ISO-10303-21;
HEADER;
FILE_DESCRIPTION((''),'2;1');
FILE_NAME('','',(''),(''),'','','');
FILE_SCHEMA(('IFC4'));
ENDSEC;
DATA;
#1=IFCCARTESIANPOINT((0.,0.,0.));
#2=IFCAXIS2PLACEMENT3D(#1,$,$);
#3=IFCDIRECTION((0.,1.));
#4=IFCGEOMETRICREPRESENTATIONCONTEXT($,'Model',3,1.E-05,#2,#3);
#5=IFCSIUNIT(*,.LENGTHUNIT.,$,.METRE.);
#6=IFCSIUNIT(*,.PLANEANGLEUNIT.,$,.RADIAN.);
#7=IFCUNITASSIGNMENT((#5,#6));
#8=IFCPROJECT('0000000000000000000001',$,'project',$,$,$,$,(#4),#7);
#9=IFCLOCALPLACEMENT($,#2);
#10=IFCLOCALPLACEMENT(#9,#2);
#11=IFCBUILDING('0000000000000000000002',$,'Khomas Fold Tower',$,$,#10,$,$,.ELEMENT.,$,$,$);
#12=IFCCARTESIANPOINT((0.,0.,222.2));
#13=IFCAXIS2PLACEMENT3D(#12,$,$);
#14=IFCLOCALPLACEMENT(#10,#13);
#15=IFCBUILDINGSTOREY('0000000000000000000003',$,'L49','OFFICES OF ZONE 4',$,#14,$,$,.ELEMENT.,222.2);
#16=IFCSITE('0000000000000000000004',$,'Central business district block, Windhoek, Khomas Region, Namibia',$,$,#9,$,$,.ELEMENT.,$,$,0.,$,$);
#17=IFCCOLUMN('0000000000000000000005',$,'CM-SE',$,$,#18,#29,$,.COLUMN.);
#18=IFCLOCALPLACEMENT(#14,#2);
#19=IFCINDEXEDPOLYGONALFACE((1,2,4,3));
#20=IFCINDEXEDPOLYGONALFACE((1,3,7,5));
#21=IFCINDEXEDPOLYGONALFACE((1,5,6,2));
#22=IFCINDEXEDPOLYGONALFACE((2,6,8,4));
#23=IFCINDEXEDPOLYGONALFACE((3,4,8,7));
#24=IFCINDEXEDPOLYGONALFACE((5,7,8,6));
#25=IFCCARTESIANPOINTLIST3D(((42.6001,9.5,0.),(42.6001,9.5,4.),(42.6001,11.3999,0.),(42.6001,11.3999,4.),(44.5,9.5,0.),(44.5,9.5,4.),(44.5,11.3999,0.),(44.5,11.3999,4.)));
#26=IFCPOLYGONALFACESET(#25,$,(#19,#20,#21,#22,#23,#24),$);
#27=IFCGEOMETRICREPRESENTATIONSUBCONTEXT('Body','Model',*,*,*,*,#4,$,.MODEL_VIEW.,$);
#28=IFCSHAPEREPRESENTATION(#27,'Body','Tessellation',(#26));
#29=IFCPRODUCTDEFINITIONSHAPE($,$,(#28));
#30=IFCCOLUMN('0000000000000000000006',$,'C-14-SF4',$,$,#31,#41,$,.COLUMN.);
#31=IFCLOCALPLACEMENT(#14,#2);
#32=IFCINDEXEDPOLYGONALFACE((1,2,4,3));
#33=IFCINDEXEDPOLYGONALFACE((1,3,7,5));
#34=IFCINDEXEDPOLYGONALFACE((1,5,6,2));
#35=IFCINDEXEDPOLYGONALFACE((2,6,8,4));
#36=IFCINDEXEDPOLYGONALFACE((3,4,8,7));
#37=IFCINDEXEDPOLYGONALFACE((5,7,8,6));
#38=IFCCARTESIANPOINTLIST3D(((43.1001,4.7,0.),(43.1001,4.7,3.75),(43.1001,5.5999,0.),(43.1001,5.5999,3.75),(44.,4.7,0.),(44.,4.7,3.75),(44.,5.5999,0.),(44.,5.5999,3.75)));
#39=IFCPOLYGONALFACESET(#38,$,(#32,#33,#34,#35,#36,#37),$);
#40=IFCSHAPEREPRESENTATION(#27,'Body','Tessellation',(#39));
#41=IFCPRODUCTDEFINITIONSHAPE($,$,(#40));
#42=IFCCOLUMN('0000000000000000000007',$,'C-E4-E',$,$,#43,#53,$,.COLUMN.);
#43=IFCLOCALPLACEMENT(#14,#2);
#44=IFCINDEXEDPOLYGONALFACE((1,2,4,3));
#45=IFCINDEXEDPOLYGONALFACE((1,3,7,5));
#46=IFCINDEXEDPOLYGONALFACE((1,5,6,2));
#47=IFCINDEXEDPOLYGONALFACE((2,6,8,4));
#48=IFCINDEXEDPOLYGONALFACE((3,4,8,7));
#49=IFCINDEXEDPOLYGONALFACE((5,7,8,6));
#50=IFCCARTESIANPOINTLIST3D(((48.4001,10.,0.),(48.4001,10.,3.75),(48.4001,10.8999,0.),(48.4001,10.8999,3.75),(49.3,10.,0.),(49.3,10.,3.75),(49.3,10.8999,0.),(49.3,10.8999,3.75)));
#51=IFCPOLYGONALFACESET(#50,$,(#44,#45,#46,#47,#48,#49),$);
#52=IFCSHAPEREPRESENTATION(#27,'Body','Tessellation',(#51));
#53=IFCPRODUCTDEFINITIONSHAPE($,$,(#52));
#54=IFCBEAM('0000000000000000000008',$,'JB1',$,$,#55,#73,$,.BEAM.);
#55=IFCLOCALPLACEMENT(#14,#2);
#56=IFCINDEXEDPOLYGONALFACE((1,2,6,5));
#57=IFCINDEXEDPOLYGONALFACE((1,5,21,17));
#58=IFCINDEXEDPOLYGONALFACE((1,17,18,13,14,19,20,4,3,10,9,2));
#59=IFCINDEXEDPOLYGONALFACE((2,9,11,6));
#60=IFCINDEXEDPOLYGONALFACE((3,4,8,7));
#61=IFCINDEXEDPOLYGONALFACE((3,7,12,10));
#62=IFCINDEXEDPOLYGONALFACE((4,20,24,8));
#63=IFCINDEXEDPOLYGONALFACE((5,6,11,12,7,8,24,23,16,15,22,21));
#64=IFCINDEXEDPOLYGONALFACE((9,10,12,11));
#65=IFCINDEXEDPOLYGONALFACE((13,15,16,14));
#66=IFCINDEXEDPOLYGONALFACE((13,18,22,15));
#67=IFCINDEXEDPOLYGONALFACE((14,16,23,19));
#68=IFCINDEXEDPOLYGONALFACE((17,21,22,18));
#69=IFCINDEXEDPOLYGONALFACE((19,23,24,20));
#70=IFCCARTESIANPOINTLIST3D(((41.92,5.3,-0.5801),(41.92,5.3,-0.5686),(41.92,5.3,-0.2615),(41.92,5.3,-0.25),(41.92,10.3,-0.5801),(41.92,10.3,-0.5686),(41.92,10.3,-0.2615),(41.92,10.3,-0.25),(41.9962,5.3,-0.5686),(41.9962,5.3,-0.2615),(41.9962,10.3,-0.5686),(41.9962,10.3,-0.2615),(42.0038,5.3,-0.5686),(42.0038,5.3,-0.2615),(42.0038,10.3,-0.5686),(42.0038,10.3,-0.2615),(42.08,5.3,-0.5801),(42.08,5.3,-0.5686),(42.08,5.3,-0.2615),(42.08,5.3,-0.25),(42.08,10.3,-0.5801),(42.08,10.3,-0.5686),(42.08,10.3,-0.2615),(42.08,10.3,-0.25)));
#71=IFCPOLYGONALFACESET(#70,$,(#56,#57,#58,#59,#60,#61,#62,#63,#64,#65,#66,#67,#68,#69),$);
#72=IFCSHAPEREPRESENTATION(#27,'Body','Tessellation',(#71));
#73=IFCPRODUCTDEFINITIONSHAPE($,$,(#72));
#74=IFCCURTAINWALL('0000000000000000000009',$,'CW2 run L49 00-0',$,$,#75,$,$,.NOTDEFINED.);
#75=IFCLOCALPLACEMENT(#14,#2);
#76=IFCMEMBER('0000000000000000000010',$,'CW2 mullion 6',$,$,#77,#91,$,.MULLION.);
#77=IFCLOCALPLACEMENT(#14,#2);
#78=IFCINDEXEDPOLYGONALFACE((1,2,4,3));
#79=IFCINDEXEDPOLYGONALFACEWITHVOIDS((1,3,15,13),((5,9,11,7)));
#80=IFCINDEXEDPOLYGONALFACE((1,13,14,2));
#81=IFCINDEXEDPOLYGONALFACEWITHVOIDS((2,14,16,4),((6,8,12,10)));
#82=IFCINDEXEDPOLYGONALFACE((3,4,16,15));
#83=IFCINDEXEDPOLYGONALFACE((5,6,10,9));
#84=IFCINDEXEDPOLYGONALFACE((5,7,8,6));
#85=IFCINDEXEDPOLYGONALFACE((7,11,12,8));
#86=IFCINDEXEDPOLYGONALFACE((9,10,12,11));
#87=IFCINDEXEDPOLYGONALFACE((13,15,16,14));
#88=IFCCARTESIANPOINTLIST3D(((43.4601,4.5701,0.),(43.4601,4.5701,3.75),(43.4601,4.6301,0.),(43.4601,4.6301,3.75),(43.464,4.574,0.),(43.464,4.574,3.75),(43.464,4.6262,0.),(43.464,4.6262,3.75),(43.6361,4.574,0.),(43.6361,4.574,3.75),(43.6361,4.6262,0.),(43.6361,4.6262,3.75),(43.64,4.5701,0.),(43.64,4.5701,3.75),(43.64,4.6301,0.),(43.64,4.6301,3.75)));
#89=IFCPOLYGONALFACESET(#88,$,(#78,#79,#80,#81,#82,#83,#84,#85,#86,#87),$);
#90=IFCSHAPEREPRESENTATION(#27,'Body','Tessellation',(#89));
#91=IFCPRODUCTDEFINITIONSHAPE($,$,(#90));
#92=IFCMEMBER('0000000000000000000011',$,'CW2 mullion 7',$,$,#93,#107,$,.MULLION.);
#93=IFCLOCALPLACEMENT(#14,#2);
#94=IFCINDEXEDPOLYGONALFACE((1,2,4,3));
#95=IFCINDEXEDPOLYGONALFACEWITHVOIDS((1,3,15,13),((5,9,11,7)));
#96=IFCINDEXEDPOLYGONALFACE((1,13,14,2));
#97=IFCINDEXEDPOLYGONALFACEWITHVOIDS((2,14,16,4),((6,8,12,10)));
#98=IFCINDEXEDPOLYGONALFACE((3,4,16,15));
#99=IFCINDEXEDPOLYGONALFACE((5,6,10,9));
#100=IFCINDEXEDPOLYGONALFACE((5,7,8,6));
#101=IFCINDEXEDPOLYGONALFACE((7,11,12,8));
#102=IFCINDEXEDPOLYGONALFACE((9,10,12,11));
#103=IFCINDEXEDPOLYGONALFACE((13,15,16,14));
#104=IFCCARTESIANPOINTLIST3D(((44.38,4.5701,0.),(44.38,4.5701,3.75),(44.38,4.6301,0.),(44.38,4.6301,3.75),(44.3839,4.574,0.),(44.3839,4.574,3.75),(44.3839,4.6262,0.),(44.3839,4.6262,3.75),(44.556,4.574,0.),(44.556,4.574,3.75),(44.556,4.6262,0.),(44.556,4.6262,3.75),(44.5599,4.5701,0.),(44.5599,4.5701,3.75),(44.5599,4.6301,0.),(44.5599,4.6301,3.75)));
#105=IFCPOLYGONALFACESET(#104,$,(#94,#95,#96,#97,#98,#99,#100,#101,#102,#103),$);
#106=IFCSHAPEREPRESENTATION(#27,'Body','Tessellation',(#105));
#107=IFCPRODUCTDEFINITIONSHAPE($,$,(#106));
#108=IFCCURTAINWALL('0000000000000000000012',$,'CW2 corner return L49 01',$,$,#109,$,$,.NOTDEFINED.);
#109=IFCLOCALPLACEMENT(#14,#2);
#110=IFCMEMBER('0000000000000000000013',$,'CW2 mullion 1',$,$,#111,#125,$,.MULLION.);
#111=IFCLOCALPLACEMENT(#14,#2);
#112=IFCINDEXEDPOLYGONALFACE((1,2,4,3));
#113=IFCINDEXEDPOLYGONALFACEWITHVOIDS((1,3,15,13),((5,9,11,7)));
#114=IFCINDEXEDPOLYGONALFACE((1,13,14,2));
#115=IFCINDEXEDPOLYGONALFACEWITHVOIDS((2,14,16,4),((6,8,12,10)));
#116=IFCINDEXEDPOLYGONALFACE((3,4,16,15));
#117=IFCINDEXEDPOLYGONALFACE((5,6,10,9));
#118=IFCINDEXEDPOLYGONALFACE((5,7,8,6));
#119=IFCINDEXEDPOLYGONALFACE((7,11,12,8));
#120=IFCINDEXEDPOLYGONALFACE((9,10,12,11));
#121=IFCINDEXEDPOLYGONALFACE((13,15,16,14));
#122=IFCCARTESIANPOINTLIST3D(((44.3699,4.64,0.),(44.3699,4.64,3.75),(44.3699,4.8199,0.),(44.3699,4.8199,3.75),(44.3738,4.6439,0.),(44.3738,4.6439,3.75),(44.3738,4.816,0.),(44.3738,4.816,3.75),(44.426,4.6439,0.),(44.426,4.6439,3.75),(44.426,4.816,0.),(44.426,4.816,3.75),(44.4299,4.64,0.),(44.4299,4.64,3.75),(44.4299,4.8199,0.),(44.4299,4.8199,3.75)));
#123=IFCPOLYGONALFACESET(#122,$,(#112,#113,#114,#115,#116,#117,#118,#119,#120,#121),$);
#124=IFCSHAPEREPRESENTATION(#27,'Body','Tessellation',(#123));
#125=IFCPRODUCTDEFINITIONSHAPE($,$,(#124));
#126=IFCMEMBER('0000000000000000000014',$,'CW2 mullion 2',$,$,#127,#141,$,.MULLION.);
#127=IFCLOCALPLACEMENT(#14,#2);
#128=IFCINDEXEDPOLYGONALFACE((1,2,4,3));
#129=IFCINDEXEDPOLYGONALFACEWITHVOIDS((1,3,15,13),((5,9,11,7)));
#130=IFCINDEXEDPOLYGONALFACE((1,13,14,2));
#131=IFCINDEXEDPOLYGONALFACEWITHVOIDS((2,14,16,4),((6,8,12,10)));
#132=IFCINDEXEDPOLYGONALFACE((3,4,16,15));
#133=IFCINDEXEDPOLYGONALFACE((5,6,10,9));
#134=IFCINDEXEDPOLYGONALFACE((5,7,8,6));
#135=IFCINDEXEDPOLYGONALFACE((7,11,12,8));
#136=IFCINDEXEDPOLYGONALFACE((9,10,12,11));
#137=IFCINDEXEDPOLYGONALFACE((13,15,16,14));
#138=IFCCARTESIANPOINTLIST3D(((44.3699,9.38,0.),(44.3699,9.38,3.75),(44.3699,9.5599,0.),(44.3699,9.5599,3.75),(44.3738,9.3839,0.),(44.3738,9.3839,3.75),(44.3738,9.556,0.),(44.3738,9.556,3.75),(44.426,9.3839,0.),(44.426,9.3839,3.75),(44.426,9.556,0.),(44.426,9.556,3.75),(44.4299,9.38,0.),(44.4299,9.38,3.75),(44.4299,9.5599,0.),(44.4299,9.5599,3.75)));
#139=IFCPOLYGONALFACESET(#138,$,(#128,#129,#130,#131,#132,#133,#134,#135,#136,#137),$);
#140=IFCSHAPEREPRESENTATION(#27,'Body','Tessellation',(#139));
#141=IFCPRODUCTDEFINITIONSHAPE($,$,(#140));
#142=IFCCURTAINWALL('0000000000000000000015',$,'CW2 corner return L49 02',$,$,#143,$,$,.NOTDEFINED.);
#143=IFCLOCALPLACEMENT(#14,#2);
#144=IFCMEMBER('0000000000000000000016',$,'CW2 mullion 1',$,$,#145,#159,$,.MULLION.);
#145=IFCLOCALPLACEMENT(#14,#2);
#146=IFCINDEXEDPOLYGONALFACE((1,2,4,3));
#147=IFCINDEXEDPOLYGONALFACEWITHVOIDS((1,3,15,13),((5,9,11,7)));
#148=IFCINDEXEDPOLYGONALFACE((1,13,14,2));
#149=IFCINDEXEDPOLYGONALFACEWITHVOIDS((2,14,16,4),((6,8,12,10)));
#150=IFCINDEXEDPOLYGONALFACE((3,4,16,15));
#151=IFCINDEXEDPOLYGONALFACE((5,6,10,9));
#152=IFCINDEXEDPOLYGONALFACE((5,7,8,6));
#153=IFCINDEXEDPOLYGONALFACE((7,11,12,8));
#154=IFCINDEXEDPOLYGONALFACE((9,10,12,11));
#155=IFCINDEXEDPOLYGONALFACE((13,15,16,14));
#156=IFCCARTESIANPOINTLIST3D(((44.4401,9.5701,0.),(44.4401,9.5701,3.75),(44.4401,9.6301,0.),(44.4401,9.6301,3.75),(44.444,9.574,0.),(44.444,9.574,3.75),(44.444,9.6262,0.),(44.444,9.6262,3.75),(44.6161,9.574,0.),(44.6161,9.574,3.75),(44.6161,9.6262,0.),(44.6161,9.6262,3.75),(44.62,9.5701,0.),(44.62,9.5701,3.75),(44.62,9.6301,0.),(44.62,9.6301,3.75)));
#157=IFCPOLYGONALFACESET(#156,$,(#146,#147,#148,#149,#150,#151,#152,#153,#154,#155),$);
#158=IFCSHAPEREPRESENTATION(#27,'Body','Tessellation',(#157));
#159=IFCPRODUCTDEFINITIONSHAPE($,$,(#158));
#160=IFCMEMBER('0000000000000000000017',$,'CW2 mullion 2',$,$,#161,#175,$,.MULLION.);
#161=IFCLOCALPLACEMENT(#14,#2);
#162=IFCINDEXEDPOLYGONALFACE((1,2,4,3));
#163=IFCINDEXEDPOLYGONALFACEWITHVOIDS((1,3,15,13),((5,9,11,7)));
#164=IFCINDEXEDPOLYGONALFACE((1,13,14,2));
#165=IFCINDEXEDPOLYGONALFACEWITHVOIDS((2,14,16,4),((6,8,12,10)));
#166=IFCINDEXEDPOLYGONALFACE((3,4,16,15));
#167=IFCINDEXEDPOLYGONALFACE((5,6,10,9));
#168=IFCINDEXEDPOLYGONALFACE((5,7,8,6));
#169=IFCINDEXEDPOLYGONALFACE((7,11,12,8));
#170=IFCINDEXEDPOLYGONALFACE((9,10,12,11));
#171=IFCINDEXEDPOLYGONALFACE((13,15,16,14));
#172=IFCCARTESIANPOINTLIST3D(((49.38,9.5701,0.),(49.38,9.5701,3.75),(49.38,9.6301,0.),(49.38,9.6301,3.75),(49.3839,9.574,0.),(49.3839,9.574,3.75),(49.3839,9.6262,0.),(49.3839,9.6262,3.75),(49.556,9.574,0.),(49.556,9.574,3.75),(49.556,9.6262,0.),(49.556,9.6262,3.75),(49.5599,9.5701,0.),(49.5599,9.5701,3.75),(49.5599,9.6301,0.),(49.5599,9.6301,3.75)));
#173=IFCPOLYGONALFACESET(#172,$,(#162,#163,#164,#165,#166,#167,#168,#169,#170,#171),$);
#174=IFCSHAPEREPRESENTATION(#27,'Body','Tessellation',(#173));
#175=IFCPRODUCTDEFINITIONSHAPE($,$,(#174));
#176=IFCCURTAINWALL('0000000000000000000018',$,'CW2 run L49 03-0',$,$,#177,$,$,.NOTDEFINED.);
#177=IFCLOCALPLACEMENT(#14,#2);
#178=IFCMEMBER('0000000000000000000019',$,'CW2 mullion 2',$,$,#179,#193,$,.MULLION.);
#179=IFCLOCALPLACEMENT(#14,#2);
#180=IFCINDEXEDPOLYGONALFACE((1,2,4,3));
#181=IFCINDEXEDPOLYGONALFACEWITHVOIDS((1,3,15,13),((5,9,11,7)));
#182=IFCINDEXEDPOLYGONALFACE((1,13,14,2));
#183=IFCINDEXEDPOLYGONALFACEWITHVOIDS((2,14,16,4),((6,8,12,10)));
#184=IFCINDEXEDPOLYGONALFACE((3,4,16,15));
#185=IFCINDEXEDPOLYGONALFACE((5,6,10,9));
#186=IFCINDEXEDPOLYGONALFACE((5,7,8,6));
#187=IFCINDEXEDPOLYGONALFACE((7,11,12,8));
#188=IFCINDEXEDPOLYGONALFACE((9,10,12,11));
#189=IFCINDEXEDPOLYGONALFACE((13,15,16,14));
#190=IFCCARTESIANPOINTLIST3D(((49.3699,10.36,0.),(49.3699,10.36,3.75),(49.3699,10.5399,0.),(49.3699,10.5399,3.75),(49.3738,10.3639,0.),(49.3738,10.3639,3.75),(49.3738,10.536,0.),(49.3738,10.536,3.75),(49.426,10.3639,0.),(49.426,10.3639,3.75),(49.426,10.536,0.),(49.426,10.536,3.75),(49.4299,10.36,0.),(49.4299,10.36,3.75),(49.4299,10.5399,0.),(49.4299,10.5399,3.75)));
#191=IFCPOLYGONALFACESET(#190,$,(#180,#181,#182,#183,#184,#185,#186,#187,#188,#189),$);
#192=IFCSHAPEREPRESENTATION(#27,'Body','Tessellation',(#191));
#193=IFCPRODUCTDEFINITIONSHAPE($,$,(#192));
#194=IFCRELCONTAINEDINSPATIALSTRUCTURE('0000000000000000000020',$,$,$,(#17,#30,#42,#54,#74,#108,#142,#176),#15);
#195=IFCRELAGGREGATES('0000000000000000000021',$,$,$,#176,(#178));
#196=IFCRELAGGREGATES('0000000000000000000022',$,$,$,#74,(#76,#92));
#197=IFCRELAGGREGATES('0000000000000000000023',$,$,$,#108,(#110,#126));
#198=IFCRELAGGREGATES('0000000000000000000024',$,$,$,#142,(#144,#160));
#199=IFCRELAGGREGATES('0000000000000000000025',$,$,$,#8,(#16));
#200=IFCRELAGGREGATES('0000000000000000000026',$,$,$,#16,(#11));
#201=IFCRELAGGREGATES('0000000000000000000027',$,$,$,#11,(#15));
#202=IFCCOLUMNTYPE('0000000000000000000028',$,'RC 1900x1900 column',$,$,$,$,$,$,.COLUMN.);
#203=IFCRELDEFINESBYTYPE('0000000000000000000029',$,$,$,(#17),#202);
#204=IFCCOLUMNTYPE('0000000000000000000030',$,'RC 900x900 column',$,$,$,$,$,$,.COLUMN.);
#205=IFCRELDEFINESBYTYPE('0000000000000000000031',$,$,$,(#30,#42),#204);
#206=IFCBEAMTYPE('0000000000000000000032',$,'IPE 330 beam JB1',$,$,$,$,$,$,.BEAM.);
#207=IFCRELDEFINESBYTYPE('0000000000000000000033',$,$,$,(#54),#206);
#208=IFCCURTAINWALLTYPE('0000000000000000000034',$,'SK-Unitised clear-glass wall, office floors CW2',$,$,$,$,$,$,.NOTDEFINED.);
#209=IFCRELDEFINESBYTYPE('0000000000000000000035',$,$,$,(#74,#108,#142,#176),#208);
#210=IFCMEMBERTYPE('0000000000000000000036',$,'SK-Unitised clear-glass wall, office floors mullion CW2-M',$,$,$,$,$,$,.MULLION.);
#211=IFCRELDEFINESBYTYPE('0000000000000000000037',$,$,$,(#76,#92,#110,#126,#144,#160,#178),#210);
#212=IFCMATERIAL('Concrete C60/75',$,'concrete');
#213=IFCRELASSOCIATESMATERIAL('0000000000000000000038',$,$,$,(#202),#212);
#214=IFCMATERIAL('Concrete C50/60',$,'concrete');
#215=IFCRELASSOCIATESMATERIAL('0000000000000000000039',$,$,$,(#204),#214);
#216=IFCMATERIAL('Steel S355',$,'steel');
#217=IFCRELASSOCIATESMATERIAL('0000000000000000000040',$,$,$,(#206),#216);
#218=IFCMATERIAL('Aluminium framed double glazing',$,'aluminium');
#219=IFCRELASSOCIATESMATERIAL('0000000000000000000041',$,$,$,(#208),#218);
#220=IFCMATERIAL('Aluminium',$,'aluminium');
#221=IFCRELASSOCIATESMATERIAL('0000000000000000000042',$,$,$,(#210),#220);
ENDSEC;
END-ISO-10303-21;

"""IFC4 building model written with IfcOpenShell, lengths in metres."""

from ifc_helpers import new_model, si_unit, direction, frame, origin, origin_2d, place, context, subcontext, project, spatial, rectangle, hollow_rectangle, i_section, extrude, source, transform, mapped, material, material_profile, profile_set, type_object, element, aggregate, save


model = new_model("IFC4")

# Units and contexts
model_context = context("Model", 3, precision=1e-05, world=origin(), true_north=direction((0.0, 1.0)))
body_context = subcontext(model_context, "Body", "Model", "MODEL_VIEW")
ifc_project = project(units=[si_unit("LENGTHUNIT", "METRE"), si_unit("PLANEANGLEUNIT", "RADIAN")], contexts=[model_context])

# Site, building, storey
site_placement = place(None, origin())
site = spatial("IfcSite", under=ifc_project, at=site_placement, Name="Central business district block, Windhoek, Khomas Region, Namibia", CompositionType="ELEMENT", RefElevation=0.0)
building_placement = place(site_placement, origin())
building = spatial("IfcBuilding", under=site, at=building_placement, Name="Khomas Fold Tower", CompositionType="ELEMENT")
storey_placement = place(building_placement, frame((0.0, 0.0, 222.2)))
storey = spatial("IfcBuildingStorey", under=building, at=storey_placement, Name="L49", Description="OFFICES OF ZONE 4", CompositionType="ELEMENT", Elevation=222.2)

# Columns
ifc_material_1 = material(Name="Concrete C60/75", Category="concrete")
ifc_material_profile_1 = material_profile(ifc_material_1, rectangle(XDim=1.8999, YDim=1.8999, at=origin_2d()), Name="RC 1900x1900")
ifc_profile_set_1 = profile_set([ifc_material_profile_1], Name="Concrete C60/75")
column_type_1 = type_object("IfcColumnType", Name="RC 1900x1900 column", PredefinedType="COLUMN", material=ifc_profile_set_1)
shared_shape_1 = source(origin(), body_context, "Body", "SweptSolid", [
    extrude(rectangle(XDim=1.8999, YDim=1.8999, at=origin_2d()), origin(), (0.0, 0.0, 1.0), 4.0),
])
column_placement = place(storey_placement, frame((43.55, 10.45, 0.0), z_axis=(0.0, 0.0, 1.0), x_axis=(1.0, 0.0, 0.0)))
element("IfcColumn", 1, at=column_placement, inside=storey, type_object=column_type_1, Name="CM-SE", PredefinedType="COLUMN", context=body_context, shape_type="MappedRepresentation", body=[
    mapped(shared_shape_1, transform((0.0, 0.0, 0.0))),
])
ifc_material_2 = material(Name="Concrete C50/60", Category="concrete")
ifc_material_profile_2 = material_profile(ifc_material_2, rectangle(XDim=0.8999, YDim=0.8999, at=origin_2d()), Name="RC 900x900")
ifc_profile_set_2 = profile_set([ifc_material_profile_2], Name="Concrete C50/60")
column_type_2 = type_object("IfcColumnType", Name="RC 900x900 column", PredefinedType="COLUMN", material=ifc_profile_set_2)
shared_shape_2 = source(origin(), body_context, "Body", "SweptSolid", [
    extrude(rectangle(XDim=0.8999, YDim=0.8999, at=origin_2d()), origin(), (0.0, 0.0, 1.0), 3.75),
])
for number, where, z_axis, x_axis, name in (
    (2, (43.55, 5.1499, 0.0), (0.0, 0.0, 1.0), (1.0, 0.0, 0.0), "C-14-SF4"),
    (3, (48.8501, 10.45, 0.0), (0.0, 0.0, 1.0), (1.0, 0.0, 0.0), "C-E4-E"),
):
    element("IfcColumn", number, at=place(storey_placement, frame(where, z_axis=z_axis, x_axis=x_axis)), inside=storey, type_object=column_type_2, Name=name, PredefinedType="COLUMN", context=body_context, shape_type="MappedRepresentation", body=[
        mapped(shared_shape_2, transform((0.0, 0.0, 0.0))),
    ])

# Beam
ifc_material_3 = material(Name="Steel S355", Category="steel")
ifc_material_profile_3 = material_profile(ifc_material_3, i_section(OverallWidth=0.1599, OverallDepth=0.3301, WebThickness=0.0076, FlangeThickness=0.0115, at=origin_2d()), Name="IPE 330")
ifc_profile_set_3 = profile_set([ifc_material_profile_3], Name="Steel S355")
beam_type = type_object("IfcBeamType", Name="IPE 330 beam JB1", PredefinedType="BEAM", material=ifc_profile_set_3)
shared_shape_3 = source(origin(), body_context, "Body", "SweptSolid", [
    extrude(i_section(OverallWidth=0.1599, OverallDepth=0.3301, WebThickness=0.0076, FlangeThickness=0.0115, at=origin_2d()), origin(), (0.0, 0.0, 1.0), 5.0),
])
beam_placement = place(storey_placement, frame((42.0, 5.3, -0.415), z_axis=(0.0, 1.0, 0.0), x_axis=(-1.0, 0.0, 0.0)))
element("IfcBeam", 4, at=beam_placement, inside=storey, type_object=beam_type, Name="JB1", PredefinedType="BEAM", context=body_context, shape_type="MappedRepresentation", body=[
    mapped(shared_shape_3, transform((0.0, 0.0, 0.0))),
])

# Curtain walls, members
ifc_material_4 = material(Name="Aluminium framed double glazing", Category="aluminium")
curtain_wall_type = type_object("IfcCurtainWallType", Name="SK-Unitised clear-glass wall, office floors CW2", PredefinedType="NOTDEFINED", material=ifc_material_4)
curtain_wall_1_placement = place(storey_placement, origin())
curtain_wall_1 = element("IfcCurtainWall", 5, at=curtain_wall_1_placement, inside=storey, type_object=curtain_wall_type, Name="CW2 run L49 00-0", PredefinedType="NOTDEFINED")
ifc_material_5 = material(Name="Aluminium", Category="aluminium")
ifc_material_profile_4 = material_profile(ifc_material_5, hollow_rectangle(XDim=0.0601, YDim=0.1799, WallThickness=0.0039, at=origin_2d()), Name="SK-Unitised clear-glass wall, office floors mullion CW2-M")
ifc_profile_set_4 = profile_set([ifc_material_profile_4], Name="Aluminium")
member_type_1 = type_object("IfcMemberType", Name="SK-Unitised clear-glass wall, office floors mullion CW2-M", PredefinedType="MULLION", material=ifc_profile_set_4)
shared_shape_4 = source(origin(), body_context, "Body", "SweptSolid", [
    extrude(hollow_rectangle(XDim=0.0601, YDim=0.1799, WallThickness=0.0039, at=origin_2d()), origin(), (0.0, 0.0, 1.0), 3.75),
])
member_1_placement = place(storey_placement, frame((43.55, 4.6001, 0.0), z_axis=(0.0, 0.0, 1.0), x_axis=(0.0, 1.0, 0.0)))
member_1 = element("IfcMember", 6, at=member_1_placement, type_object=member_type_1, Name="CW2 mullion 6", PredefinedType="MULLION", context=body_context, shape_type="MappedRepresentation", body=[
    mapped(shared_shape_4, transform((0.0, 0.0, 0.0))),
])
member_2_placement = place(storey_placement, frame((44.47, 4.6001, 0.0), z_axis=(0.0, 0.0, 1.0), x_axis=(0.0, 1.0, 0.0)))
member_2 = element("IfcMember", 7, at=member_2_placement, type_object=member_type_1, Name="CW2 mullion 7", PredefinedType="MULLION", context=body_context, shape_type="MappedRepresentation", body=[
    mapped(shared_shape_4, transform((0.0, 0.0, 0.0))),
])
curtain_wall_2_placement = place(storey_placement, origin())
curtain_wall_2 = element("IfcCurtainWall", 8, at=curtain_wall_2_placement, inside=storey, type_object=curtain_wall_type, Name="CW2 corner return L49 01", PredefinedType="NOTDEFINED")
member_3_placement = place(storey_placement, frame((44.3999, 4.73, 0.0), z_axis=(0.0, 0.0, 1.0), x_axis=(-1.0, 0.0, 0.0)))
member_3 = element("IfcMember", 9, at=member_3_placement, type_object=member_type_1, Name="CW2 mullion 1", PredefinedType="MULLION", context=body_context, shape_type="MappedRepresentation", body=[
    mapped(shared_shape_4, transform((0.0, 0.0, 0.0))),
])
member_4_placement = place(storey_placement, frame((44.3999, 9.47, 0.0), z_axis=(0.0, 0.0, 1.0), x_axis=(-1.0, 0.0, 0.0)))
member_4 = element("IfcMember", 10, at=member_4_placement, type_object=member_type_1, Name="CW2 mullion 2", PredefinedType="MULLION", context=body_context, shape_type="MappedRepresentation", body=[
    mapped(shared_shape_4, transform((0.0, 0.0, 0.0))),
])
curtain_wall_3_placement = place(storey_placement, origin())
curtain_wall_3 = element("IfcCurtainWall", 11, at=curtain_wall_3_placement, inside=storey, type_object=curtain_wall_type, Name="CW2 corner return L49 02", PredefinedType="NOTDEFINED")
member_5_placement = place(storey_placement, frame((44.53, 9.6001, 0.0), z_axis=(0.0, 0.0, 1.0), x_axis=(0.0, 1.0, 0.0)))
member_5 = element("IfcMember", 12, at=member_5_placement, type_object=member_type_1, Name="CW2 mullion 1", PredefinedType="MULLION", context=body_context, shape_type="MappedRepresentation", body=[
    mapped(shared_shape_4, transform((0.0, 0.0, 0.0))),
])
member_6_placement = place(storey_placement, frame((49.47, 9.6001, 0.0), z_axis=(0.0, 0.0, 1.0), x_axis=(0.0, 1.0, 0.0)))
member_6 = element("IfcMember", 13, at=member_6_placement, type_object=member_type_1, Name="CW2 mullion 2", PredefinedType="MULLION", context=body_context, shape_type="MappedRepresentation", body=[
    mapped(shared_shape_4, transform((0.0, 0.0, 0.0))),
])
curtain_wall_4_placement = place(storey_placement, origin())
curtain_wall_4 = element("IfcCurtainWall", 14, at=curtain_wall_4_placement, inside=storey, type_object=curtain_wall_type, Name="CW2 run L49 03-0", PredefinedType="NOTDEFINED")
member_7_placement = place(storey_placement, frame((49.3999, 10.45, 0.0), z_axis=(0.0, 0.0, 1.0), x_axis=(-1.0, 0.0, 0.0)))
member_7 = element("IfcMember", 15, at=member_7_placement, type_object=member_type_1, Name="CW2 mullion 2", PredefinedType="MULLION", context=body_context, shape_type="MappedRepresentation", body=[
    mapped(shared_shape_4, transform((0.0, 0.0, 0.0))),
])

aggregate(curtain_wall_4, [member_7])
aggregate(curtain_wall_1, [member_1, member_2])
aggregate(curtain_wall_2, [member_3, member_4])
aggregate(curtain_wall_3, [member_5, member_6])

save(model, "model.ifc")
